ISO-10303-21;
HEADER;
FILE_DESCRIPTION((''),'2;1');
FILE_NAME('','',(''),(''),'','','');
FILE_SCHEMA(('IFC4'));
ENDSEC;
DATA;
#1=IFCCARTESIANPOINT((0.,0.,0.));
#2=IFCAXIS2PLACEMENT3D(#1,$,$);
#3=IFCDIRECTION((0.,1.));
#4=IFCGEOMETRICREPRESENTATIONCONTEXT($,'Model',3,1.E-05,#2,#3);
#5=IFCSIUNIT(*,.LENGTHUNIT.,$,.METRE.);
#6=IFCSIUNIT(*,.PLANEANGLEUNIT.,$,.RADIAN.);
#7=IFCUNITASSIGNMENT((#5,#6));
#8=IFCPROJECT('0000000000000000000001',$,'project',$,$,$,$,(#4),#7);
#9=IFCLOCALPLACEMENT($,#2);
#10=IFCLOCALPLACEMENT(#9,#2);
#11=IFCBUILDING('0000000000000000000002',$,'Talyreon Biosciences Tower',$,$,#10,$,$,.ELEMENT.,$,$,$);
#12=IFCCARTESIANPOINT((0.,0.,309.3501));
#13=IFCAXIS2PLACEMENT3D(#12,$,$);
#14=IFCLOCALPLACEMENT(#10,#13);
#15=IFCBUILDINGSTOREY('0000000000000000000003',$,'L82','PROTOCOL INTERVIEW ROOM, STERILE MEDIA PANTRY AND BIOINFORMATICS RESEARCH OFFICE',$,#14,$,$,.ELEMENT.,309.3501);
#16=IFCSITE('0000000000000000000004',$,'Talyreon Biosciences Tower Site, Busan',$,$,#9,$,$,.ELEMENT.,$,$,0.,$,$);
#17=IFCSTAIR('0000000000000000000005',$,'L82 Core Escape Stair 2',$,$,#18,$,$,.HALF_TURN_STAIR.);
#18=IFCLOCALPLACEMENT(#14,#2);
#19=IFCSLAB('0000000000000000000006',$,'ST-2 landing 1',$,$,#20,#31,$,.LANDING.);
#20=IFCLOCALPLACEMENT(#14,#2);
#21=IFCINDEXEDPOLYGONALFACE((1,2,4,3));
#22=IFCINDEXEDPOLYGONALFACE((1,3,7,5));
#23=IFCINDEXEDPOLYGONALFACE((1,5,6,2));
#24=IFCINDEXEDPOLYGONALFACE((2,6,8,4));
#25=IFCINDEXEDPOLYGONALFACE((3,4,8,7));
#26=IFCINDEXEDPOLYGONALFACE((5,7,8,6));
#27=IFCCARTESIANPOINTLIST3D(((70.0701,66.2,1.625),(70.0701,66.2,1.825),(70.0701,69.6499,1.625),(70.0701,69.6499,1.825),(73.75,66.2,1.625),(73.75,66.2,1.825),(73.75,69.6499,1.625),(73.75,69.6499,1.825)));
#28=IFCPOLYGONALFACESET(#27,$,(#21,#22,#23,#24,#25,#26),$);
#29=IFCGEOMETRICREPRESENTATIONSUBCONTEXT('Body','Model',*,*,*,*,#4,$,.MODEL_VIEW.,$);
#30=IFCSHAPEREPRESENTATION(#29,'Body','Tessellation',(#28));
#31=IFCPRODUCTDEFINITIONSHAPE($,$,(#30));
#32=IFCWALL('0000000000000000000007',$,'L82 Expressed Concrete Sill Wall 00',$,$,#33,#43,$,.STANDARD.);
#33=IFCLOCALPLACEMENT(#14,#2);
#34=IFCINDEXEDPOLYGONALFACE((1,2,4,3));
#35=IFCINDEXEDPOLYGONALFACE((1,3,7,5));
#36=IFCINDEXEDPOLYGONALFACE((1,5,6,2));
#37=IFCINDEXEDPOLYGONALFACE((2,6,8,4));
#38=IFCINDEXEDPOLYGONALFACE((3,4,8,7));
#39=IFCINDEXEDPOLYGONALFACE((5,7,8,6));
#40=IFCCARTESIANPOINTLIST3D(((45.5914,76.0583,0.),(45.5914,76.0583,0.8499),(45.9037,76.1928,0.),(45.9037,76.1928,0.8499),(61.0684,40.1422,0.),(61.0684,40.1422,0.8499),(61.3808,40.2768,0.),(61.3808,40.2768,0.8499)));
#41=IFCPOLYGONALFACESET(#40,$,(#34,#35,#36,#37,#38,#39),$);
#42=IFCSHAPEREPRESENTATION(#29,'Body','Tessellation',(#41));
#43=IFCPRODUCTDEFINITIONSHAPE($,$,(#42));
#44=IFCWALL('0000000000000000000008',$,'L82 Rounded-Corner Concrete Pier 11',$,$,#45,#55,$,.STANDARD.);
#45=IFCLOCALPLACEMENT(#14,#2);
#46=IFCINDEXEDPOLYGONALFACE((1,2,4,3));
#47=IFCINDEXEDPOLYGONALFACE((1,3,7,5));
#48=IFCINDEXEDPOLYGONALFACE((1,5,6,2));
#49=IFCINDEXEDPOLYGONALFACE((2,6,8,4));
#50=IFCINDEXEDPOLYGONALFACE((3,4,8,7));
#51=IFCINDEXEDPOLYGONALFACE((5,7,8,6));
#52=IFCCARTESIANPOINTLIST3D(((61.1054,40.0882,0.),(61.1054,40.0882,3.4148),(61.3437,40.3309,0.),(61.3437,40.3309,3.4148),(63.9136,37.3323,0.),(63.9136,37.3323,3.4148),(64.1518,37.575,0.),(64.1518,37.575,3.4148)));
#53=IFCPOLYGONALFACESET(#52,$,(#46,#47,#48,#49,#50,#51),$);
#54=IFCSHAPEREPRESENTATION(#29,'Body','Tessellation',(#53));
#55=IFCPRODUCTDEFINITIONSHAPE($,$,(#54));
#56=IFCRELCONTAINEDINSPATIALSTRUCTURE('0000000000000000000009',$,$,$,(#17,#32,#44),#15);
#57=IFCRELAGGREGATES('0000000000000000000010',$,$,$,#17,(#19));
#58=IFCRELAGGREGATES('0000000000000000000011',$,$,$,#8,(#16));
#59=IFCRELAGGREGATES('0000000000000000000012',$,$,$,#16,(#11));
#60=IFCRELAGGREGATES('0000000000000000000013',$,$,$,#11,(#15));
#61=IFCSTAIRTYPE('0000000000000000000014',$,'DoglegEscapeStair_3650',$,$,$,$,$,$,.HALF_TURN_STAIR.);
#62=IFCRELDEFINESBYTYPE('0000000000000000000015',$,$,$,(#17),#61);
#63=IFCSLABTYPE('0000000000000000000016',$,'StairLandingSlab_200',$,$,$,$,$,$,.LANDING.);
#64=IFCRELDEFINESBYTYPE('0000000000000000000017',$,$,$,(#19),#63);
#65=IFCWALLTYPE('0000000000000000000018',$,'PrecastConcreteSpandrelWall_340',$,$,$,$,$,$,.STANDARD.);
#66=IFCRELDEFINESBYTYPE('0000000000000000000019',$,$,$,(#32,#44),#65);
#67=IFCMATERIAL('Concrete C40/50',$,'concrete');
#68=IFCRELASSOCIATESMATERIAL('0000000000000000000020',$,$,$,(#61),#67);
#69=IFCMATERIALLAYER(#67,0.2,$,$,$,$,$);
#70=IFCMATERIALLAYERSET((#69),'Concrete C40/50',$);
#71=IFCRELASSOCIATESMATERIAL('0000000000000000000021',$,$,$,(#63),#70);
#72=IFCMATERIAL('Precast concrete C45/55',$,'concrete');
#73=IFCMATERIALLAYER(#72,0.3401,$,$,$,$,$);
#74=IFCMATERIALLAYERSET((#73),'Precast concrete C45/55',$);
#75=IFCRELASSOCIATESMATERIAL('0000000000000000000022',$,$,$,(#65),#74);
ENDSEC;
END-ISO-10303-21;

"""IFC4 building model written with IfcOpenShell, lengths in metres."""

from ifc_helpers import new_model, si_unit, direction, frame, frame_2d, origin, place, context, subcontext, project, spatial, polyline, rectangle, outline, extrude, material, layer, layer_set, type_object, element, aggregate, save


model = new_model("IFC4")

# Units and contexts
model_context = context("Model", 3, precision=1e-05, world=origin(), true_north=direction((0.0, 1.0)))
body_context = subcontext(model_context, "Body", "Model", "MODEL_VIEW")
ifc_project = project(units=[si_unit("LENGTHUNIT", "METRE"), si_unit("PLANEANGLEUNIT", "RADIAN")], contexts=[model_context])

# Site, building, storey
site_placement = place(None, origin())
site = spatial("IfcSite", under=ifc_project, at=site_placement, Name="Talyreon Biosciences Tower Site, Busan", CompositionType="ELEMENT", RefElevation=0.0)
building_placement = place(site_placement, origin())
building = spatial("IfcBuilding", under=site, at=building_placement, Name="Talyreon Biosciences Tower", CompositionType="ELEMENT")
storey_placement = place(building_placement, frame((0.0, 0.0, 309.3501)))
storey = spatial("IfcBuildingStorey", under=building, at=storey_placement, Name="L82", Description="PROTOCOL INTERVIEW ROOM, STERILE MEDIA PANTRY AND BIOINFORMATICS RESEARCH OFFICE", CompositionType="ELEMENT", Elevation=309.3501)

# Shared definitions
ifc_material_1 = material(Name="Precast concrete C45/55", Category="concrete")

# Shared definitions
ifc_material_2 = material(Name="Concrete C40/50", Category="concrete")

# Stair, slab
stair_type = type_object("IfcStairType", Name="DoglegEscapeStair_3650", PredefinedType="HALF_TURN_STAIR", material=ifc_material_2)
ifc_layer_1 = layer(ifc_material_2, 0.2)
ifc_layer_set_1 = layer_set([ifc_layer_1], Name="Concrete C40/50")
slab_type_1 = type_object("IfcSlabType", Name="StairLandingSlab_200", PredefinedType="LANDING", material=ifc_layer_set_1)
stair_1_placement = place(storey_placement, origin())
stair_1 = element("IfcStair", 1, at=stair_1_placement, inside=storey, type_object=stair_type, Name="L82 Core Escape Stair 2", PredefinedType="HALF_TURN_STAIR")
slab_1_placement = place(storey_placement, frame((0.0, 0.0, 1.625)))
slab_1 = element("IfcSlab", 2, at=slab_1_placement, type_object=slab_type_1, Name="ST-2 landing 1", PredefinedType="LANDING", context=body_context, shape_type="SweptSolid", body=[
    extrude(outline(polyline([(73.75, 66.2), (73.75, 69.6499), (70.0701, 69.6499), (70.0701, 66.2), (73.75, 66.2)])), origin(), (0.0, 0.0, 1.0), 0.2),
])
aggregate(stair_1, [slab_1])

# Walls
ifc_layer_2 = layer(ifc_material_1, 0.3401)
ifc_layer_set_2 = layer_set([ifc_layer_2], Name="Precast concrete C45/55")
wall_type = type_object("IfcWallType", Name="PrecastConcreteSpandrelWall_340", PredefinedType="STANDARD", material=ifc_layer_set_2)
wall_1_placement = place(storey_placement, frame((61.2246, 40.2095, 0.0), z_axis=(0.0, 0.0, 1.0), x_axis=(-0.395743, 0.918361, 0.0)))
element("IfcWall", 3, at=wall_1_placement, inside=storey, type_object=wall_type, Name="L82 Expressed Concrete Sill Wall 00", PredefinedType="STANDARD", context=body_context, shape_type="SweptSolid", body=[
    extrude(rectangle(XDim=39.1089, YDim=0.3401, at=frame_2d((19.5544, 0.0))), origin(), (0.0, 0.0, 1.0), 0.8499),
])
wall_2_placement = place(storey_placement, frame((64.0327, 37.4536, 0.0), z_axis=(0.0, 0.0, 1.0), x_axis=(-0.713715, 0.700436, 0.0)))
element("IfcWall", 4, at=wall_2_placement, inside=storey, type_object=wall_type, Name="L82 Rounded-Corner Concrete Pier 11", PredefinedType="STANDARD", context=body_context, shape_type="SweptSolid", body=[
    extrude(rectangle(XDim=3.9346, YDim=0.3401, at=frame_2d((1.9673, 0.0))), origin(), (0.0, 0.0, 1.0), 3.4148),
])

save(model, "model.ifc")
